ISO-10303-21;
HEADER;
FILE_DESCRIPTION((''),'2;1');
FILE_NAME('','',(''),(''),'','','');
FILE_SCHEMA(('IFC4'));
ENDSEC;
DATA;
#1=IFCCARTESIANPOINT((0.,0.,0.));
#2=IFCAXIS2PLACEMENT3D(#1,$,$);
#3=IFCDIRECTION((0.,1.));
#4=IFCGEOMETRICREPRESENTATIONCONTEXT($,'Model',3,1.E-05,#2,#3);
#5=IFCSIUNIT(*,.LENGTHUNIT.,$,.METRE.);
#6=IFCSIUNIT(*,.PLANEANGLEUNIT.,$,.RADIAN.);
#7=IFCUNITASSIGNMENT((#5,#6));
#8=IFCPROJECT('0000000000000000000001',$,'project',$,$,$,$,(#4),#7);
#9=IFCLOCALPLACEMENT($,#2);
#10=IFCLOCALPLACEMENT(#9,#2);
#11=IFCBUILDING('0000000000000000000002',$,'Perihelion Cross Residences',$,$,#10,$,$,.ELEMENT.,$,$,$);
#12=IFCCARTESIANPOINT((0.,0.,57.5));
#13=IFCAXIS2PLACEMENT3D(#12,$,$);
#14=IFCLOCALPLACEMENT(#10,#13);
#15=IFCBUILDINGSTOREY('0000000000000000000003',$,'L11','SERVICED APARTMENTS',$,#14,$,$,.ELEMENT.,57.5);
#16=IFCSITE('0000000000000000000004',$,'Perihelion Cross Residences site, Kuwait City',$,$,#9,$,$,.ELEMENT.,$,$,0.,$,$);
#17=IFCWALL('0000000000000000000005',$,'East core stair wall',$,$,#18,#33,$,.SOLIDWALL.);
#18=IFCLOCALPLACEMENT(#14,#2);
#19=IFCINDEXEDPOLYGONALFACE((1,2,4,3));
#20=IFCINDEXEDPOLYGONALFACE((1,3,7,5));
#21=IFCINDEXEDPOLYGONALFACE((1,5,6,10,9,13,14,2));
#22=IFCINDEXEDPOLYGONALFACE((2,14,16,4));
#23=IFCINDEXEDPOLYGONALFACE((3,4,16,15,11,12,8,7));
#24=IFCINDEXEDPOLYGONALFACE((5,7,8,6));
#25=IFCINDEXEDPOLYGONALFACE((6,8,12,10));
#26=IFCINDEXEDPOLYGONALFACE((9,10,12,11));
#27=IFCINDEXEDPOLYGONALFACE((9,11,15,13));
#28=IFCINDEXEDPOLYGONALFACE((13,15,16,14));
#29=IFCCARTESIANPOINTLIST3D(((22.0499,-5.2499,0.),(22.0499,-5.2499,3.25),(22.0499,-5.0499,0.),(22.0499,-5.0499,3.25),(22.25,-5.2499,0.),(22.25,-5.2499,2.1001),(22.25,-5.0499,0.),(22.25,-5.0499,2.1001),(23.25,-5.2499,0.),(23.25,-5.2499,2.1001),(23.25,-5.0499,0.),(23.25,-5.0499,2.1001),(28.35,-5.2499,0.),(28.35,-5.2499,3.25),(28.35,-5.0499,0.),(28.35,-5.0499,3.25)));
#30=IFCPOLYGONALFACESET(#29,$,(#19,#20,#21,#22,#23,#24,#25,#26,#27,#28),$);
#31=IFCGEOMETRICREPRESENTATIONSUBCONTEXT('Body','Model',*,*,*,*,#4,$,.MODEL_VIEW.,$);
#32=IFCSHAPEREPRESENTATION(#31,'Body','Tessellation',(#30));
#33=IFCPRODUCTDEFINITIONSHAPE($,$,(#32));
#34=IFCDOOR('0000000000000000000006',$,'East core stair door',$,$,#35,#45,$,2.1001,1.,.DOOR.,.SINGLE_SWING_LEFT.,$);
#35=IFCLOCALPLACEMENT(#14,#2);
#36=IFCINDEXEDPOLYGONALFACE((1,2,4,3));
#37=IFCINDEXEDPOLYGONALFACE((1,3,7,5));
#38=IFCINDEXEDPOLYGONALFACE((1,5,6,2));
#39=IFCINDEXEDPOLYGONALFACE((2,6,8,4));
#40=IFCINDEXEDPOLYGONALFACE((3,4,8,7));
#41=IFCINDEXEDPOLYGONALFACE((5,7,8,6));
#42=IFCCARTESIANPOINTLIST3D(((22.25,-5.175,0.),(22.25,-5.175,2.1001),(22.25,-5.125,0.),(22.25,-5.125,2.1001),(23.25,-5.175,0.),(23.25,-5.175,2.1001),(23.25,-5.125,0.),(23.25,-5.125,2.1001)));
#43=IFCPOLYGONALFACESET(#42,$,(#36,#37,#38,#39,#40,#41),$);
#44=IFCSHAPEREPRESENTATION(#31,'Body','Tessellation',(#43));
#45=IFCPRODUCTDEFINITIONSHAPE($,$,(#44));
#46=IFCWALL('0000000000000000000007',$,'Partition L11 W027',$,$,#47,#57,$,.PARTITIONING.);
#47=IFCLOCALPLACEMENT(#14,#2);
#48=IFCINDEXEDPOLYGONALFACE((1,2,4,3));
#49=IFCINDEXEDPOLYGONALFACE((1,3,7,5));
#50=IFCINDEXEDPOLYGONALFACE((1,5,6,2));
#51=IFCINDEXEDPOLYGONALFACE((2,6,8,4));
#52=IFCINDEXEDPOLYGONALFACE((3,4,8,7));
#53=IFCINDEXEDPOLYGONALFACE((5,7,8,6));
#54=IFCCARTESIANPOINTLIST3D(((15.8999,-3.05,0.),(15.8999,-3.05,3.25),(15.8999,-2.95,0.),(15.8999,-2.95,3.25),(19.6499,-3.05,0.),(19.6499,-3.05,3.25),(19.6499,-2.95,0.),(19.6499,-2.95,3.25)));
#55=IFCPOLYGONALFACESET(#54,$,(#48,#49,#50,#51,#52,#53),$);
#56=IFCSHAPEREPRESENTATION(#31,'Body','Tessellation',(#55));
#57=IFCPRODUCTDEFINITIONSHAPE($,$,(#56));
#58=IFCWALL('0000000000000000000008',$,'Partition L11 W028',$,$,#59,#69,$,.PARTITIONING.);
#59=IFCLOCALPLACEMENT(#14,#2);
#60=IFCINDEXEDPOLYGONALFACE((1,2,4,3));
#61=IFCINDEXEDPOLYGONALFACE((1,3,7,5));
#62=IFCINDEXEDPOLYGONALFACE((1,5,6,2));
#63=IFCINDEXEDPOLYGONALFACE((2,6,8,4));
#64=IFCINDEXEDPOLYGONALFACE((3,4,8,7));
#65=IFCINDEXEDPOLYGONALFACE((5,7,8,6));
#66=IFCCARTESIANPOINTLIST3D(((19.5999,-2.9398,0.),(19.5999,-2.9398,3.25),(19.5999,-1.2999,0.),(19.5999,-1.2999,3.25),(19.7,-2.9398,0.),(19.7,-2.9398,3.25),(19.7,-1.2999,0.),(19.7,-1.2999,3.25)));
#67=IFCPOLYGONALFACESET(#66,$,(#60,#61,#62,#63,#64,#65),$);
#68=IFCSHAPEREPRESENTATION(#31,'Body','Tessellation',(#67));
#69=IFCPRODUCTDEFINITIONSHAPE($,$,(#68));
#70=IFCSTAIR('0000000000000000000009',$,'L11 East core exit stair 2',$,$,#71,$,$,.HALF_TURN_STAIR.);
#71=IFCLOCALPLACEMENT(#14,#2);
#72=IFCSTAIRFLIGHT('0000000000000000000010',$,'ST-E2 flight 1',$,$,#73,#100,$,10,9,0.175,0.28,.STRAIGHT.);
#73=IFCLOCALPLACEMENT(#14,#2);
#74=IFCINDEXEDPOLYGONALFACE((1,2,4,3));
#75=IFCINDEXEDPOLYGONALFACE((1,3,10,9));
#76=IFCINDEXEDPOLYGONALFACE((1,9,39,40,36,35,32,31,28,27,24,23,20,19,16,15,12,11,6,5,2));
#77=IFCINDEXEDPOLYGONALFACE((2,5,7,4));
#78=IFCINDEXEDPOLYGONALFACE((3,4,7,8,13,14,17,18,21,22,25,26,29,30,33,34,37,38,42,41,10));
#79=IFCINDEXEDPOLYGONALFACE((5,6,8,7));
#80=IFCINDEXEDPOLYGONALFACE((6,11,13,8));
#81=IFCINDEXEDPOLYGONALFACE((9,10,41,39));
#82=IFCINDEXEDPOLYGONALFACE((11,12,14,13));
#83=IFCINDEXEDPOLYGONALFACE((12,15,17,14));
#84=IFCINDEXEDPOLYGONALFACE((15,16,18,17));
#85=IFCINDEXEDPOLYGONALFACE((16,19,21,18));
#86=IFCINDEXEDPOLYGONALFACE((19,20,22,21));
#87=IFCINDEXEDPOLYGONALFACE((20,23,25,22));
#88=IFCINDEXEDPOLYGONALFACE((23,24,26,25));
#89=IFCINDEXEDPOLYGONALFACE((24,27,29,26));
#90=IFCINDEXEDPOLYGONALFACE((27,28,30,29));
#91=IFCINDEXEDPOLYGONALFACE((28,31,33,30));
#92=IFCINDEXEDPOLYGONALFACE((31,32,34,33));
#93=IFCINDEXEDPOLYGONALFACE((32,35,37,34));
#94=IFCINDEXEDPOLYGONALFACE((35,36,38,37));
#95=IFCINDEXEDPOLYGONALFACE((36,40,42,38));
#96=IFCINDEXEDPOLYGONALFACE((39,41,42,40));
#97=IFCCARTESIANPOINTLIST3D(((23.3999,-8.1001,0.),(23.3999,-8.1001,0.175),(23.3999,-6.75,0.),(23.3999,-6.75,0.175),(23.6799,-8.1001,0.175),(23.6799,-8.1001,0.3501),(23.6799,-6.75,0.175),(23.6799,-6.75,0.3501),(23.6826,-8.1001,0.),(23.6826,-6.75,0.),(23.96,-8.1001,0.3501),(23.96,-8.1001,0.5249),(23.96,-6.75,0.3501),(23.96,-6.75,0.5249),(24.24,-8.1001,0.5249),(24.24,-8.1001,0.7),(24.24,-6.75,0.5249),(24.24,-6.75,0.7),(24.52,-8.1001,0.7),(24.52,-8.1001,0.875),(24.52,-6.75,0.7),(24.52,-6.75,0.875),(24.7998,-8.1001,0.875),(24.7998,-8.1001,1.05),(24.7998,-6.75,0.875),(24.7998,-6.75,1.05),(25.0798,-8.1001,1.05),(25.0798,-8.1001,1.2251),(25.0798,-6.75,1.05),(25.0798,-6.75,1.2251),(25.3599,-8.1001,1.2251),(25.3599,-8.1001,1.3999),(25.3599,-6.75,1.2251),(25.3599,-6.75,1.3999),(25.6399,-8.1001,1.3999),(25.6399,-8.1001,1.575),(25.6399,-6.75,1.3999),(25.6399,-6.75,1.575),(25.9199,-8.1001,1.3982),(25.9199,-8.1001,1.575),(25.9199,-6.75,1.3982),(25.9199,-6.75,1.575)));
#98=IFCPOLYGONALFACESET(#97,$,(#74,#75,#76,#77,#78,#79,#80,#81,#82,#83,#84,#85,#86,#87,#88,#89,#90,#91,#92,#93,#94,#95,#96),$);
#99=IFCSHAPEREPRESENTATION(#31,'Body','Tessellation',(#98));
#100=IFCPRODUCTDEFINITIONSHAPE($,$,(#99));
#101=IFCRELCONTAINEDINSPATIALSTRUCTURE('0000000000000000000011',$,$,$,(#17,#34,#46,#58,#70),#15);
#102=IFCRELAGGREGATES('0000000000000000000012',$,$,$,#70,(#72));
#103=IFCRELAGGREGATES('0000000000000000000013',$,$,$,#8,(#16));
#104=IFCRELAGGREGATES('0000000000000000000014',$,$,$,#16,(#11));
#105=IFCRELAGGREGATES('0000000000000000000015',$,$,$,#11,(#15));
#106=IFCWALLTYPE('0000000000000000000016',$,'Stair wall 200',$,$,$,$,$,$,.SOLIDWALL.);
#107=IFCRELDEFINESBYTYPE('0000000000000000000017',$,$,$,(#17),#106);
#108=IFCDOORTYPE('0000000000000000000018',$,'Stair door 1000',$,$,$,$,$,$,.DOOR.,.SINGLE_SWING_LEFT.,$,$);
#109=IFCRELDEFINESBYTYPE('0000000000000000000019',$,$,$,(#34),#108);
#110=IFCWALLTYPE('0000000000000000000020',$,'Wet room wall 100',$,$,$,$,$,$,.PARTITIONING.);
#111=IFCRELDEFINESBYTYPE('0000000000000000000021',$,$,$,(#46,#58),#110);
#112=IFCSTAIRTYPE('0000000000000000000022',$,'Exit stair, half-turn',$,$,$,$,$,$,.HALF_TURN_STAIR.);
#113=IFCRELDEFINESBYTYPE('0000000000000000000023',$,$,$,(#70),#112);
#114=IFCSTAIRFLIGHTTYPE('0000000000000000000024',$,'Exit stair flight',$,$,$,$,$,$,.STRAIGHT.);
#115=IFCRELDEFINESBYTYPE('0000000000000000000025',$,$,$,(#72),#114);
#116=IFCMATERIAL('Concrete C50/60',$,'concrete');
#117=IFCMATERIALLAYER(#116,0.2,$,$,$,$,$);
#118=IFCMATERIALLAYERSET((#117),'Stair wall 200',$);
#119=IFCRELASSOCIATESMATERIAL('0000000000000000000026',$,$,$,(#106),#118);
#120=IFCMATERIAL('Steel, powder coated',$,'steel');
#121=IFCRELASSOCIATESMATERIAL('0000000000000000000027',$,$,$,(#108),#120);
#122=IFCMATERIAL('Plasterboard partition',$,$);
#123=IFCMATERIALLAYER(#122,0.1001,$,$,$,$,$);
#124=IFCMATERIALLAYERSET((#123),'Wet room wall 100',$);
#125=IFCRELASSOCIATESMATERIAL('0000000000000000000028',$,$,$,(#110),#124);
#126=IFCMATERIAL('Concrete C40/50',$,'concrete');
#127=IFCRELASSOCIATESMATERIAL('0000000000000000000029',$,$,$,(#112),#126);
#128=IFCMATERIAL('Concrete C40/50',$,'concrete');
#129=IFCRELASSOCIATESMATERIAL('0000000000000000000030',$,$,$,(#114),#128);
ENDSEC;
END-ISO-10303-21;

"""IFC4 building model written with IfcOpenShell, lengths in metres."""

from ifc_helpers import new_model, si_unit, direction, frame, frame_2d, origin, place, context, subcontext, project, spatial, polyline, rectangle, outline, extrude, material, layer, layer_set, type_object, element, fill, aggregate, save


model = new_model("IFC4")

# Units and contexts
model_context = context("Model", 3, precision=1e-05, world=origin(), true_north=direction((0.0, 1.0)))
body_context = subcontext(model_context, "Body", "Model", "MODEL_VIEW")
ifc_project = project(units=[si_unit("LENGTHUNIT", "METRE"), si_unit("PLANEANGLEUNIT", "RADIAN")], contexts=[model_context])

# Site, building, storey
site_placement = place(None, origin())
site = spatial("IfcSite", under=ifc_project, at=site_placement, Name="Perihelion Cross Residences site, Kuwait City", CompositionType="ELEMENT", RefElevation=0.0)
building_placement = place(site_placement, origin())
building = spatial("IfcBuilding", under=site, at=building_placement, Name="Perihelion Cross Residences", CompositionType="ELEMENT")
storey_placement = place(building_placement, frame((0.0, 0.0, 57.5)))
storey = spatial("IfcBuildingStorey", under=building, at=storey_placement, Name="L11", Description="SERVICED APARTMENTS", CompositionType="ELEMENT", Elevation=57.5)

# Wall, opening, door
ifc_material_1 = material(Name="Concrete C50/60", Category="concrete")
ifc_layer_1 = layer(ifc_material_1, 0.2)
ifc_layer_set_1 = layer_set([ifc_layer_1], Name="Stair wall 200")
wall_type_1 = type_object("IfcWallType", Name="Stair wall 200", PredefinedType="SOLIDWALL", material=ifc_layer_set_1)
wall_1_placement = place(storey_placement, frame((22.05, -5.1499, 0.0), z_axis=(0.0, 0.0, 1.0), x_axis=(1.0, 0.0, 0.0)))
wall_1 = element("IfcWall", 1, at=wall_1_placement, inside=storey, type_object=wall_type_1, Name="East core stair wall", PredefinedType="SOLIDWALL", context=body_context, shape_type="SweptSolid", body=[
    extrude(rectangle(XDim=6.3, YDim=0.2, at=frame_2d((3.1499, 0.0))), origin(), (0.0, 0.0, 1.0), 3.25),
])
opening_1_placement = place(wall_1_placement, frame((0.2, 0.0, 0.0)))
opening_1 = element("IfcOpeningElement", 2, at=opening_1_placement, cuts=wall_1, PredefinedType="OPENING", context=body_context, shape_type="SweptSolid", body=[
    extrude(rectangle(XDim=1.0, YDim=2.1001, at=frame_2d((0.5, 1.05))), frame((0.0, 0.1099, 0.0), z_axis=(0.0, -1.0, 0.0), x_axis=(1.0, 0.0, 0.0)), (0.0, 0.0, 1.0), 0.22),
])
ifc_material_2 = material(Name="Steel, powder coated", Category="steel")
door_type_1 = type_object("IfcDoorType", Name="Stair door 1000", OperationType="SINGLE_SWING_LEFT", PredefinedType="DOOR", material=ifc_material_2)
door_1_placement = place(opening_1_placement, origin())
door_1 = element("IfcDoor", 3, at=door_1_placement, inside=storey, type_object=door_type_1, Name="East core stair door", OperationType="SINGLE_SWING_LEFT", OverallHeight=2.1001, OverallWidth=1.0, PredefinedType="DOOR", context=body_context, shape_type="SweptSolid", body=[
    extrude(rectangle(XDim=1.0, YDim=2.1001, at=frame_2d((0.5, 1.05))), frame((0.0, 0.0249, 0.0), z_axis=(0.0, -1.0, 0.0), x_axis=(1.0, 0.0, 0.0)), (0.0, 0.0, 1.0), 0.05),
])
fill(opening_1, door_1)

# Walls
ifc_material_3 = material(Name="Plasterboard partition")
ifc_layer_2 = layer(ifc_material_3, 0.1001)
ifc_layer_set_2 = layer_set([ifc_layer_2], Name="Wet room wall 100")
wall_type_2 = type_object("IfcWallType", Name="Wet room wall 100", PredefinedType="PARTITIONING", material=ifc_layer_set_2)
wall_2_placement = place(storey_placement, frame((19.6499, -3.0, 0.0), z_axis=(0.0, 0.0, 1.0), x_axis=(-1.0, 0.0, 0.0)))
element("IfcWall", 4, at=wall_2_placement, inside=storey, type_object=wall_type_2, Name="Partition L11 W027", PredefinedType="PARTITIONING", context=body_context, shape_type="SweptSolid", body=[
    extrude(rectangle(XDim=3.75, YDim=0.1001, at=frame_2d((1.875, 0.0))), origin(), (0.0, 0.0, 1.0), 3.25),
])
wall_3_placement = place(storey_placement, frame((19.6499, -1.3, 0.0), z_axis=(0.0, 0.0, 1.0), x_axis=(0.0, -1.0, 0.0)))
element("IfcWall", 5, at=wall_3_placement, inside=storey, type_object=wall_type_2, Name="Partition L11 W028", PredefinedType="PARTITIONING", context=body_context, shape_type="SweptSolid", body=[
    extrude(rectangle(XDim=1.6399, YDim=0.1001, at=frame_2d((0.8198, 0.0))), origin(), (0.0, 0.0, 1.0), 3.25),
])

# Stair, stair flight
ifc_material_4 = material(Name="Concrete C40/50", Category="concrete")
stair_type = type_object("IfcStairType", Name="Exit stair, half-turn", PredefinedType="HALF_TURN_STAIR", material=ifc_material_4)
stair_placement = place(storey_placement, origin())
stair = element("IfcStair", 6, at=stair_placement, inside=storey, type_object=stair_type, Name="L11 East core exit stair 2", PredefinedType="HALF_TURN_STAIR")
ifc_material_5 = material(Name="Concrete C40/50", Category="concrete")
stair_flight_type = type_object("IfcStairFlightType", Name="Exit stair flight", PredefinedType="STRAIGHT", material=ifc_material_5)
stair_flight_placement = place(storey_placement, frame((23.3999, -7.425, 0.0), z_axis=(0.0, 0.0, 1.0), x_axis=(1.0, 0.0, 0.0)))
stair_flight = element("IfcStairFlight", 7, at=stair_flight_placement, type_object=stair_flight_type, Name="ST-E2 flight 1", NumberOfRisers=10, NumberOfTreads=9, PredefinedType="STRAIGHT", RiserHeight=0.175, TreadLength=0.28, context=body_context, shape_type="SweptSolid", body=[
    extrude(outline(polyline([(0.0, 0.0), (0.0, 0.175), (0.28, 0.175), (0.28, 0.3501), (0.5601, 0.3501), (0.5601, 0.5249), (0.8401, 0.5249), (0.8401, 0.7), (1.1201, 0.7), (1.1201, 0.875), (1.3999, 0.875), (1.3999, 1.05), (1.6799, 1.05), (1.6799, 1.2251), (1.96, 1.2251), (1.96, 1.3999), (2.24, 1.3999), (2.24, 1.575), (2.52, 1.575), (2.52, 1.75), (2.52, 1.3982), (0.2827, 0.0), (0.0, 0.0)])), frame((0.0, 0.675, 0.0), z_axis=(0.0, -1.0, 0.0), x_axis=(1.0, 0.0, 0.0)), (0.0, 0.0, 1.0), 1.3501),
])
aggregate(stair, [stair_flight])

save(model, "model.ifc")
